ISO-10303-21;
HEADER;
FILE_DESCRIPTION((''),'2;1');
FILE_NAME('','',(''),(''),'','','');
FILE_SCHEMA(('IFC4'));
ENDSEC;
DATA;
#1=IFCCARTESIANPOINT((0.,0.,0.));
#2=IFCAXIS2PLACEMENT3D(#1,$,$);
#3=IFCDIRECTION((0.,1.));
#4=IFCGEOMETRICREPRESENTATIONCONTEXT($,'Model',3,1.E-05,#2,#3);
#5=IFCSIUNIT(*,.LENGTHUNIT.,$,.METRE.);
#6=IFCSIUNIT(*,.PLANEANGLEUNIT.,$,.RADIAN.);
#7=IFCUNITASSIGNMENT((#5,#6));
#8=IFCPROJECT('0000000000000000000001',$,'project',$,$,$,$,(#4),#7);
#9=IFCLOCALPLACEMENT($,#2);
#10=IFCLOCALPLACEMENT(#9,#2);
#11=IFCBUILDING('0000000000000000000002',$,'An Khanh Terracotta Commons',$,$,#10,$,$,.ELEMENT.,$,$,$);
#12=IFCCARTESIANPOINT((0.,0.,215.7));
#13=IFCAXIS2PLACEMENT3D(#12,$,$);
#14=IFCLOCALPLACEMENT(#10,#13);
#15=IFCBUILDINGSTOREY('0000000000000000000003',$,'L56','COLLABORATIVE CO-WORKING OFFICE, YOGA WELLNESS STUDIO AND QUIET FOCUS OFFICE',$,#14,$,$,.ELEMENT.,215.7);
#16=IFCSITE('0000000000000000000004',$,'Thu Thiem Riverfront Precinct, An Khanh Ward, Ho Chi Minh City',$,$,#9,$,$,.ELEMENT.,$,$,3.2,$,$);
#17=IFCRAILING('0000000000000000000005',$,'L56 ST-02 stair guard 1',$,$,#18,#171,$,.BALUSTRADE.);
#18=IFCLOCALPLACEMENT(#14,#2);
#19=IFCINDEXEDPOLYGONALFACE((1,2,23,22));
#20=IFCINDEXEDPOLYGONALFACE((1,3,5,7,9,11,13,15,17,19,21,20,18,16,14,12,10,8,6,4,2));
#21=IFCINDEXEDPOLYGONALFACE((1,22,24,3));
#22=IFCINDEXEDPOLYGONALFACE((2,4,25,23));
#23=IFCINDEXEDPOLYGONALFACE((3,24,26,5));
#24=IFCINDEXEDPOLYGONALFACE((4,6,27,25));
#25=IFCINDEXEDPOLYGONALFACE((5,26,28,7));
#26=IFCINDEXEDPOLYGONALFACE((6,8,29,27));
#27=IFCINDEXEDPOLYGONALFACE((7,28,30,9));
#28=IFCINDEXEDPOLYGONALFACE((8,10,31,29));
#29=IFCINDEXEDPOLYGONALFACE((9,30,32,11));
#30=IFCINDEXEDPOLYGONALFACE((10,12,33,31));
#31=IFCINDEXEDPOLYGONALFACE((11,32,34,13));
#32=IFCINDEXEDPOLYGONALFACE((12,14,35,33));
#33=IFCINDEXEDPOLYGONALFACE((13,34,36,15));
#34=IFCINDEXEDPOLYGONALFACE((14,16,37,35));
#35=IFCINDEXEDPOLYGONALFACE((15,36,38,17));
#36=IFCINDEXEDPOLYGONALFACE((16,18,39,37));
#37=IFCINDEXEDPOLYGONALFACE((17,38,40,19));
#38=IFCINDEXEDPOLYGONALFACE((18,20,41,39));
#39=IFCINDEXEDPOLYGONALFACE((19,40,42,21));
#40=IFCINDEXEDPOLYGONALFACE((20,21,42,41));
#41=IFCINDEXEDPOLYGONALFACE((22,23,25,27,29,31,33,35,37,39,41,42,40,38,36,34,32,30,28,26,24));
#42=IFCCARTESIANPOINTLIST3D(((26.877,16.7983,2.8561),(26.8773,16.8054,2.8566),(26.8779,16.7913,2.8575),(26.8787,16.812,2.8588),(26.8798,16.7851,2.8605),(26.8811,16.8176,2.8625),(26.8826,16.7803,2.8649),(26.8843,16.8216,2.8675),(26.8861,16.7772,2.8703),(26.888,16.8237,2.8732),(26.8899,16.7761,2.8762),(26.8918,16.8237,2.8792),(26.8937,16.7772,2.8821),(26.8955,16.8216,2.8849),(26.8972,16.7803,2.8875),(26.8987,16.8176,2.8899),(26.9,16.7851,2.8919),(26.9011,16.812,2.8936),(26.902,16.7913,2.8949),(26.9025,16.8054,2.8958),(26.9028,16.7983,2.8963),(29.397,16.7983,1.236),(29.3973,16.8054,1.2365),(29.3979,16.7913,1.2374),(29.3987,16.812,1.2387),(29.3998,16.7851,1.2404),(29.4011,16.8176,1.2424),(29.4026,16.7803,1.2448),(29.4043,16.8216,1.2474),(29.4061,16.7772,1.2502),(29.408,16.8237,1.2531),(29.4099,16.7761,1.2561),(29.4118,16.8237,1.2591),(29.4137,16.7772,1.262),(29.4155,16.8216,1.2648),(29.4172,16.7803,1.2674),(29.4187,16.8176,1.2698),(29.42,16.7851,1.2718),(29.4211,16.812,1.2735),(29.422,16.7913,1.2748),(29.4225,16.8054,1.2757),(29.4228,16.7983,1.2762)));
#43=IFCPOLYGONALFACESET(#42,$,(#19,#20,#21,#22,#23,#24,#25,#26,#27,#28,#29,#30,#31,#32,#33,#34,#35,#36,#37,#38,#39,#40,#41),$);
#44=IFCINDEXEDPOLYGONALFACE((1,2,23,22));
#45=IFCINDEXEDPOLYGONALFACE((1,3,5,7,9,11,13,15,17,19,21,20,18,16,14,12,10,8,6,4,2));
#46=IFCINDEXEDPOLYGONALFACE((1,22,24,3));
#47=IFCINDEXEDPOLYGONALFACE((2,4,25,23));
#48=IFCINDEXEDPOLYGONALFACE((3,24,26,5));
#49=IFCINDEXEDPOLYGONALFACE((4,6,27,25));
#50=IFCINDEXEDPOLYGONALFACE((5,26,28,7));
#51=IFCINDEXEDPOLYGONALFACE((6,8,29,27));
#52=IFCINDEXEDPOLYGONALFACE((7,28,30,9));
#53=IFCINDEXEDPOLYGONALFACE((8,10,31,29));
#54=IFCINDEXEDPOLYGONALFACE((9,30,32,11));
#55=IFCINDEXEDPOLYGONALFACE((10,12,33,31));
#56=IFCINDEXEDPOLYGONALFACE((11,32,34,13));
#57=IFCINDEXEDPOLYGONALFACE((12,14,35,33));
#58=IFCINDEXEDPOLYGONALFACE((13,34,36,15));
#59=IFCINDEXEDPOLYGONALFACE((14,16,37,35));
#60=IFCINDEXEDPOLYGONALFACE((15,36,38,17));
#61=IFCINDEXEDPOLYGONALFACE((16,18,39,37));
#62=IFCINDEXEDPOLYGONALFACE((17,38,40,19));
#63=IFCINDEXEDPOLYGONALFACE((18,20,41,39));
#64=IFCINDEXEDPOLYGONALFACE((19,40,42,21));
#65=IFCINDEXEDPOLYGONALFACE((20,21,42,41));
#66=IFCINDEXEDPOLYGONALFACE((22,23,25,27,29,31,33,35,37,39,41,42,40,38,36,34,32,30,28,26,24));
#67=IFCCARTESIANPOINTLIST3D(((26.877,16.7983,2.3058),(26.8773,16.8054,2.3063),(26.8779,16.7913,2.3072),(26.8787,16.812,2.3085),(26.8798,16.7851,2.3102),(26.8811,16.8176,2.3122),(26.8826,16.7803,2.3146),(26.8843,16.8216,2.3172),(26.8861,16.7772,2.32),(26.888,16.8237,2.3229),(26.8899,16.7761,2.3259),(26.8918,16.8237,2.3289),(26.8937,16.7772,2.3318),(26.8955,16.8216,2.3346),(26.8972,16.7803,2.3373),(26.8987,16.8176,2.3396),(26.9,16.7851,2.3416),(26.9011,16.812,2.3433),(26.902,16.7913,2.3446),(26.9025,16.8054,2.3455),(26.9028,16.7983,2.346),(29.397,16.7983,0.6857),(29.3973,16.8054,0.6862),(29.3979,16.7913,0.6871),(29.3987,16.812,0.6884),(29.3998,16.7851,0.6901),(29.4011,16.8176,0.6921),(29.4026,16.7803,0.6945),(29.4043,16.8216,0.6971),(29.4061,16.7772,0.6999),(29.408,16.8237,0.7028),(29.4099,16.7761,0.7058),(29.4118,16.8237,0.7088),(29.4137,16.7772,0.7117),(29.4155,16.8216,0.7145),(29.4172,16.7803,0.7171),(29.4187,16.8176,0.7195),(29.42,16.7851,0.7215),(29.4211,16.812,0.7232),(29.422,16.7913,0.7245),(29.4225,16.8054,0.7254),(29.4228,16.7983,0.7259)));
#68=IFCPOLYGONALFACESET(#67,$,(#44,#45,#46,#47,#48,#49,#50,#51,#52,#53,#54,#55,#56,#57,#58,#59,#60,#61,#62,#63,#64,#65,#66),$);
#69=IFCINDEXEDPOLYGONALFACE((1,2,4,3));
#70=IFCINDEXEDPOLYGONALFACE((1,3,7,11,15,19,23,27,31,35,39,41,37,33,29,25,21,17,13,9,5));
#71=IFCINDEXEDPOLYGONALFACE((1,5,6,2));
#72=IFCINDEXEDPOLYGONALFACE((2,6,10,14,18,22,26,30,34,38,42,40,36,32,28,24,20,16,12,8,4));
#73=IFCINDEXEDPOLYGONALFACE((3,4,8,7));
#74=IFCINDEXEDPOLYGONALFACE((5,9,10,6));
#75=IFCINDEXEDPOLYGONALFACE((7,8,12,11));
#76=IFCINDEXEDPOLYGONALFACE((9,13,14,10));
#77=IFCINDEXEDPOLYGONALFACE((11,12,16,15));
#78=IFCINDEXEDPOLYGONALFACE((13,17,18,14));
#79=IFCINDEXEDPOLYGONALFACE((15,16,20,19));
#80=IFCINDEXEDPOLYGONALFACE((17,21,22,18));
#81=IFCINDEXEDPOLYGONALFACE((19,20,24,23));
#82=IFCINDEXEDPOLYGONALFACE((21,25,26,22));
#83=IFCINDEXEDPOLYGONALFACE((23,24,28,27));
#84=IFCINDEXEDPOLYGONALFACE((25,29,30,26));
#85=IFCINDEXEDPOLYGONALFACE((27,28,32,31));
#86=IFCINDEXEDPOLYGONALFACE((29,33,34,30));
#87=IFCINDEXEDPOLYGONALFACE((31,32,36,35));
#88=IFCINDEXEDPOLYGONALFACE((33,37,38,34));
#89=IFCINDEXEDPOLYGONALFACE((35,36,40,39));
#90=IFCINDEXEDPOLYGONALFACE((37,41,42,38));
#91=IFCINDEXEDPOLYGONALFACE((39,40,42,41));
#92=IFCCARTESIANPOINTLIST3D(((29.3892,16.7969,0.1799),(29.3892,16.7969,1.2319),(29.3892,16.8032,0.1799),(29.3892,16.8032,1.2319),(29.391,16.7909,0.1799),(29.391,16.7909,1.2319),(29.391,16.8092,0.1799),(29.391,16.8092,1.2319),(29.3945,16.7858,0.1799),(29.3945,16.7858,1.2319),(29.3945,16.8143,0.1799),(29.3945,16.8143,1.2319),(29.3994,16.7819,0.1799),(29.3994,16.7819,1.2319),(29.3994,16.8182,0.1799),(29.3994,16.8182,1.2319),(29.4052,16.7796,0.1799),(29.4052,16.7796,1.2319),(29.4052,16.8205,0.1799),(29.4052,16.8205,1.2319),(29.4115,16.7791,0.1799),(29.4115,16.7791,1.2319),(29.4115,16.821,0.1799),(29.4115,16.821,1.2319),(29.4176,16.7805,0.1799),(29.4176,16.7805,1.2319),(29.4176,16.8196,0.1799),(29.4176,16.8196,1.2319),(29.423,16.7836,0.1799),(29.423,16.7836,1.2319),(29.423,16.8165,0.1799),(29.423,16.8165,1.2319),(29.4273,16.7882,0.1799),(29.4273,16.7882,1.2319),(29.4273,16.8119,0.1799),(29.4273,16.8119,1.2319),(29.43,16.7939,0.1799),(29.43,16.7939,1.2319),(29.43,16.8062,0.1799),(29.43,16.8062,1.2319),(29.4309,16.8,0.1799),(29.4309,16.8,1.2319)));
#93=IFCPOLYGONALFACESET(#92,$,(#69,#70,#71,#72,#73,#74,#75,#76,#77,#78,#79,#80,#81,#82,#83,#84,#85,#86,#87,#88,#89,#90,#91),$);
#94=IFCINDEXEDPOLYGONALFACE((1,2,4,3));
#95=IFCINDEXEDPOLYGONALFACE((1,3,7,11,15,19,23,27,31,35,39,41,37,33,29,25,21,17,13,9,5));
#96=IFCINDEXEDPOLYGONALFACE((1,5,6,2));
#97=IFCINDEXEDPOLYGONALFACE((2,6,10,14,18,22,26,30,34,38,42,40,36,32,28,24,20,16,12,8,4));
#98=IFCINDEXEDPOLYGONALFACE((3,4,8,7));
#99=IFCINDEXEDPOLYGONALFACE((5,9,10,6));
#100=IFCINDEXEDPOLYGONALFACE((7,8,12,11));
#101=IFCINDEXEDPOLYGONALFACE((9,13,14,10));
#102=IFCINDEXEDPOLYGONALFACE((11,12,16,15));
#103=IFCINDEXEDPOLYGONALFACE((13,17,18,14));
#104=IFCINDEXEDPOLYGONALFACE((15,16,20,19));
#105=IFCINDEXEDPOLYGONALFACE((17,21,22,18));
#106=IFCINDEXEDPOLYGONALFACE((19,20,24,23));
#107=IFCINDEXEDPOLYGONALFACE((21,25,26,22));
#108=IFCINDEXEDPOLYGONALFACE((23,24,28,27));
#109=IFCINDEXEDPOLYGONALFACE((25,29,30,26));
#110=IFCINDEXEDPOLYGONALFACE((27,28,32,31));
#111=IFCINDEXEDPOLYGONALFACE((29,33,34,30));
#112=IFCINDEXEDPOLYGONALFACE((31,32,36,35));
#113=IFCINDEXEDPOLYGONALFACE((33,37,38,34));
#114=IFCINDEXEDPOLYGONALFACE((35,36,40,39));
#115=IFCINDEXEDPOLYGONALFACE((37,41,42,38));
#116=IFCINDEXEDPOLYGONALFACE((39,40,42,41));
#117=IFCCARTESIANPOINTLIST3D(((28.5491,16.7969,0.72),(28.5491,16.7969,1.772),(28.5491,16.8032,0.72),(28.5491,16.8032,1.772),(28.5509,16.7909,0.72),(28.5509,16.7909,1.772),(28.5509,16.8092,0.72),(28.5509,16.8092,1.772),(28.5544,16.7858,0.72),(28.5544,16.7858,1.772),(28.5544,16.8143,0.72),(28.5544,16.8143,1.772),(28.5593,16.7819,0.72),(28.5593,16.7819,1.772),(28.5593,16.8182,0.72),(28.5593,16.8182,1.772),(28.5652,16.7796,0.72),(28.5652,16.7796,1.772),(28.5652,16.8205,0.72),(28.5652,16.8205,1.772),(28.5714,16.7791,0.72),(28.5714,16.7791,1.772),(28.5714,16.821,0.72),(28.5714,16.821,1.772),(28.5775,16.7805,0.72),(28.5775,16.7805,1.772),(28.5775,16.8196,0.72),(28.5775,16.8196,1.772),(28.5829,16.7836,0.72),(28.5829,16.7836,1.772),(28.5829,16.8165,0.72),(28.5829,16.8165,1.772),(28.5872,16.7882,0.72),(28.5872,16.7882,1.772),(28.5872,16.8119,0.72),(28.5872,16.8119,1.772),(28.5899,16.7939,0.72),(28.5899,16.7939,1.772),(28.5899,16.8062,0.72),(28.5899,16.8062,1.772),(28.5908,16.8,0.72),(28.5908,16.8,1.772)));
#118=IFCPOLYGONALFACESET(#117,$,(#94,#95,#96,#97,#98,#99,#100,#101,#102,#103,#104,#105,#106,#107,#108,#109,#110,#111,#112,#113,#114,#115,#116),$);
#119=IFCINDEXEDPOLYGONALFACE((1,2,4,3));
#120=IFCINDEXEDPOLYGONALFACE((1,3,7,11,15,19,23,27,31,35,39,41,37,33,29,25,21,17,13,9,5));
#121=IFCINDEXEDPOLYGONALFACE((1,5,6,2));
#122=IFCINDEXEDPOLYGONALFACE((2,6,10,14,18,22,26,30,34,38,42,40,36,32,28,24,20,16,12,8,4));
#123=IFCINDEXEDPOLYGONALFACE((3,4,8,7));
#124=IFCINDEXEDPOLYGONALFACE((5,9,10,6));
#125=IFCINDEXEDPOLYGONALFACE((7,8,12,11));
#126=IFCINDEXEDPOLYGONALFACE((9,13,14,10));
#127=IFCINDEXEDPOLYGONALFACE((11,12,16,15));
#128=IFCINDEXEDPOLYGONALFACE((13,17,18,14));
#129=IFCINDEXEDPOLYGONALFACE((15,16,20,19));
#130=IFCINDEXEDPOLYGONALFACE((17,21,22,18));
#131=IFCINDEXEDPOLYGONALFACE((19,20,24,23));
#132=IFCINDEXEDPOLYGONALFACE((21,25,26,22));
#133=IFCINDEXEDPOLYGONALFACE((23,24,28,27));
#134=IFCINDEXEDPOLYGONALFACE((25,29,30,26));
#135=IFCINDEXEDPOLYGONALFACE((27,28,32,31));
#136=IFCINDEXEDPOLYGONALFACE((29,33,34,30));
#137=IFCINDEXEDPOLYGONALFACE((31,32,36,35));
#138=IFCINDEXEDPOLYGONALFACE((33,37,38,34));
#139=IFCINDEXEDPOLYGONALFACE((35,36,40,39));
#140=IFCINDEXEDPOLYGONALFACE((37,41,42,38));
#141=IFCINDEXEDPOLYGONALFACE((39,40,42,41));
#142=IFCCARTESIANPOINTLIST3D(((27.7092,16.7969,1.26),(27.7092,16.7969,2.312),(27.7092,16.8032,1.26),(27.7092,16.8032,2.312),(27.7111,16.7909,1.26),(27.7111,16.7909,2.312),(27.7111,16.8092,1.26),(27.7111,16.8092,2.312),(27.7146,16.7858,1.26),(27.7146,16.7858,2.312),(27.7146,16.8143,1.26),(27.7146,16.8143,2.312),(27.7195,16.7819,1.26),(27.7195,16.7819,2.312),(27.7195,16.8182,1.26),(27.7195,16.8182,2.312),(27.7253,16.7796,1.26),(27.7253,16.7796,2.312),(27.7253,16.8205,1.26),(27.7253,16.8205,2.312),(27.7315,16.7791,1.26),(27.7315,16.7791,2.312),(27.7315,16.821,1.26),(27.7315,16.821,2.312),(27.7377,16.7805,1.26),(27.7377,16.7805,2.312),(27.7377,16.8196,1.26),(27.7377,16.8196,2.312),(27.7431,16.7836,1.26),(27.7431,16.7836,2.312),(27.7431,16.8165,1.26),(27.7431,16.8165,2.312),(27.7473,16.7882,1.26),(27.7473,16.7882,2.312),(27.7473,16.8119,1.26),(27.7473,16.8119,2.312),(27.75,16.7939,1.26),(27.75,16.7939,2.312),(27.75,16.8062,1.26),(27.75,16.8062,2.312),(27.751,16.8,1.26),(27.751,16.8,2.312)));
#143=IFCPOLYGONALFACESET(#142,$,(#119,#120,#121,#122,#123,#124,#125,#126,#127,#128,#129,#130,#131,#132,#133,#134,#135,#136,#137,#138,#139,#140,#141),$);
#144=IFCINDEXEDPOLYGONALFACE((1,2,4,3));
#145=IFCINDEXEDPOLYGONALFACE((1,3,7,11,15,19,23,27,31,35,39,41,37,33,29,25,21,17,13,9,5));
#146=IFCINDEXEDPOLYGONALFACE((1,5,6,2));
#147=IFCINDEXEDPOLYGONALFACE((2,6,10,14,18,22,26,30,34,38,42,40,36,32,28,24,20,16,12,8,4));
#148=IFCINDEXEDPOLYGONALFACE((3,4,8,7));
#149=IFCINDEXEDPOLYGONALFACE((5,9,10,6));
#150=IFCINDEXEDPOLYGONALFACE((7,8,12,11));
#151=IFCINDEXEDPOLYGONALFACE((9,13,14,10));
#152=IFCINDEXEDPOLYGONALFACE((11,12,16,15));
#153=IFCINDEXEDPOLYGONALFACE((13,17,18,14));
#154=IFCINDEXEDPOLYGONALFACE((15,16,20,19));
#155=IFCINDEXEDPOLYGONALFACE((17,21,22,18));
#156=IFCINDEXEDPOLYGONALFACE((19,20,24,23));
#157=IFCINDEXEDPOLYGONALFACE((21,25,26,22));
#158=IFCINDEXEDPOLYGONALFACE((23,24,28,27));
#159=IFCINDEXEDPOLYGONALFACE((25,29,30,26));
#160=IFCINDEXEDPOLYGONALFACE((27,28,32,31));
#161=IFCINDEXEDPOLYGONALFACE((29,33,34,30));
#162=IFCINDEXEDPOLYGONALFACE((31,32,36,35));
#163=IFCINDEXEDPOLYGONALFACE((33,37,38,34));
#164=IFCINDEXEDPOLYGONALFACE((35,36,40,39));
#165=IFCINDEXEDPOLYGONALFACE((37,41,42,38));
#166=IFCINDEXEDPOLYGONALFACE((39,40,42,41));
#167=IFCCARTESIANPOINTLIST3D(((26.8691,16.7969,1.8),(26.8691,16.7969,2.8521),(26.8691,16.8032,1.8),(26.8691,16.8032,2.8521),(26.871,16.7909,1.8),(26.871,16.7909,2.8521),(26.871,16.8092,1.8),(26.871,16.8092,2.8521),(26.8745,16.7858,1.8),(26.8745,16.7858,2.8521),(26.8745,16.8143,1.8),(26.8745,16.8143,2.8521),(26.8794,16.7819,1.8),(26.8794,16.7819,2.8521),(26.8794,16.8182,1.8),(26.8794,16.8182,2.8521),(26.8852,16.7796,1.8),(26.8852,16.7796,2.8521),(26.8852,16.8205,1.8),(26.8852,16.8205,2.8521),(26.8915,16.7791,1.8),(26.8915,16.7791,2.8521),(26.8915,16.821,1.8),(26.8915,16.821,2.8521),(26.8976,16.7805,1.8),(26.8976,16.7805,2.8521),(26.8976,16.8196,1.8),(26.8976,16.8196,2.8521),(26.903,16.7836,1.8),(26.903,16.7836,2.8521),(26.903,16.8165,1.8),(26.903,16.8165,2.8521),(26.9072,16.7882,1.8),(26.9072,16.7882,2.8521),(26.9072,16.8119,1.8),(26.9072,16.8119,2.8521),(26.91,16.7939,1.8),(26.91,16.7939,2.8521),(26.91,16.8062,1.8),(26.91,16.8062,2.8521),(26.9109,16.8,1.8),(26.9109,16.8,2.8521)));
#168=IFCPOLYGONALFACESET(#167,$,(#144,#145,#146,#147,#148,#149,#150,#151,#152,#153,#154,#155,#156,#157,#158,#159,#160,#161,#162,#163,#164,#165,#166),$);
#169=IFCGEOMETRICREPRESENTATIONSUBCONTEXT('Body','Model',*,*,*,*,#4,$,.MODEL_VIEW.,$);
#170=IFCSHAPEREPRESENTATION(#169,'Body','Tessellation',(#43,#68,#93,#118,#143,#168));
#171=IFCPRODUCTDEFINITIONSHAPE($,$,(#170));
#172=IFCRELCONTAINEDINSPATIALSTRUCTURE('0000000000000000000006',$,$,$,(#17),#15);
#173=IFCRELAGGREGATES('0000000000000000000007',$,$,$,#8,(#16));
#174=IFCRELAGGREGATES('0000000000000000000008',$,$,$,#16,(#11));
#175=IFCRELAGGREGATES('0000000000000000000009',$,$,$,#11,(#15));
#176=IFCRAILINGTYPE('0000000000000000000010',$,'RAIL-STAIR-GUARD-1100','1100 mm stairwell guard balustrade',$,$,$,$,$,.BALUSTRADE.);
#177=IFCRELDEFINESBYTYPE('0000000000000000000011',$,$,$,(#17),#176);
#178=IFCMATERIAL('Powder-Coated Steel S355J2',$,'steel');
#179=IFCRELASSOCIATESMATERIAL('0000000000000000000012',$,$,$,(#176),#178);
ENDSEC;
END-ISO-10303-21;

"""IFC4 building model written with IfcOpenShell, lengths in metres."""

from ifc_helpers import new_model, si_unit, direction, frame, origin, origin_2d, place, context, subcontext, project, spatial, circle, extrude, material, type_object, element, save


model = new_model("IFC4")

# Units and contexts
model_context = context("Model", 3, precision=1e-05, world=origin(), true_north=direction((0.0, 1.0)))
body_context = subcontext(model_context, "Body", "Model", "MODEL_VIEW")
ifc_project = project(units=[si_unit("LENGTHUNIT", "METRE"), si_unit("PLANEANGLEUNIT", "RADIAN")], contexts=[model_context])

# Site, building, storey
site_placement = place(None, origin())
site = spatial("IfcSite", under=ifc_project, at=site_placement, Name="Thu Thiem Riverfront Precinct, An Khanh Ward, Ho Chi Minh City", CompositionType="ELEMENT", RefElevation=3.2)
building_placement = place(site_placement, origin())
building = spatial("IfcBuilding", under=site, at=building_placement, Name="An Khanh Terracotta Commons", CompositionType="ELEMENT")
storey_placement = place(building_placement, frame((0.0, 0.0, 215.7)))
storey = spatial("IfcBuildingStorey", under=building, at=storey_placement, Name="L56", Description="COLLABORATIVE CO-WORKING OFFICE, YOGA WELLNESS STUDIO AND QUIET FOCUS OFFICE", CompositionType="ELEMENT", Elevation=215.7)

# Railing
ifc_material_1 = material(Name="Powder-Coated Steel S355J2", Category="steel")
railing_type_1 = type_object("IfcRailingType", Name="RAIL-STAIR-GUARD-1100", Description="1100 mm stairwell guard balustrade", PredefinedType="BALUSTRADE", material=ifc_material_1)
railing_1_placement = place(storey_placement, frame((29.4099, 16.8, 0.1799)))
element("IfcRailing", 1, at=railing_1_placement, inside=storey, type_object=railing_type_1, Name="L56 ST-02 stair guard 1", PredefinedType="BALUSTRADE", context=body_context, shape_type="SweptSolid", body=[
    extrude(circle(Radius=0.0239, at=origin_2d()), frame((0.0, 0.0, 1.0762), z_axis=(-0.841163, 0.0, 0.540782), x_axis=(0.0, -1.0, 0.0)), (0.0, 0.0, 1.0), 2.9958),
    extrude(circle(Radius=0.0239, at=origin_2d()), frame((0.0, 0.0, 0.5259), z_axis=(-0.841163, 0.0, 0.540782), x_axis=(0.0, -1.0, 0.0)), (0.0, 0.0, 1.0), 2.9958),
    extrude(circle(Radius=0.021, at=origin_2d()), origin(), (0.0, 0.0, 1.0), 1.052),
    extrude(circle(Radius=0.021, at=origin_2d()), frame((-0.8401, 0.0, 0.54)), (0.0, 0.0, 1.0), 1.052),
    extrude(circle(Radius=0.021, at=origin_2d()), frame((-1.6799, 0.0, 1.0801)), (0.0, 0.0, 1.0), 1.052),
    extrude(circle(Radius=0.021, at=origin_2d()), frame((-2.52, 0.0, 1.6201)), (0.0, 0.0, 1.0), 1.052),
])

save(model, "model.ifc")
